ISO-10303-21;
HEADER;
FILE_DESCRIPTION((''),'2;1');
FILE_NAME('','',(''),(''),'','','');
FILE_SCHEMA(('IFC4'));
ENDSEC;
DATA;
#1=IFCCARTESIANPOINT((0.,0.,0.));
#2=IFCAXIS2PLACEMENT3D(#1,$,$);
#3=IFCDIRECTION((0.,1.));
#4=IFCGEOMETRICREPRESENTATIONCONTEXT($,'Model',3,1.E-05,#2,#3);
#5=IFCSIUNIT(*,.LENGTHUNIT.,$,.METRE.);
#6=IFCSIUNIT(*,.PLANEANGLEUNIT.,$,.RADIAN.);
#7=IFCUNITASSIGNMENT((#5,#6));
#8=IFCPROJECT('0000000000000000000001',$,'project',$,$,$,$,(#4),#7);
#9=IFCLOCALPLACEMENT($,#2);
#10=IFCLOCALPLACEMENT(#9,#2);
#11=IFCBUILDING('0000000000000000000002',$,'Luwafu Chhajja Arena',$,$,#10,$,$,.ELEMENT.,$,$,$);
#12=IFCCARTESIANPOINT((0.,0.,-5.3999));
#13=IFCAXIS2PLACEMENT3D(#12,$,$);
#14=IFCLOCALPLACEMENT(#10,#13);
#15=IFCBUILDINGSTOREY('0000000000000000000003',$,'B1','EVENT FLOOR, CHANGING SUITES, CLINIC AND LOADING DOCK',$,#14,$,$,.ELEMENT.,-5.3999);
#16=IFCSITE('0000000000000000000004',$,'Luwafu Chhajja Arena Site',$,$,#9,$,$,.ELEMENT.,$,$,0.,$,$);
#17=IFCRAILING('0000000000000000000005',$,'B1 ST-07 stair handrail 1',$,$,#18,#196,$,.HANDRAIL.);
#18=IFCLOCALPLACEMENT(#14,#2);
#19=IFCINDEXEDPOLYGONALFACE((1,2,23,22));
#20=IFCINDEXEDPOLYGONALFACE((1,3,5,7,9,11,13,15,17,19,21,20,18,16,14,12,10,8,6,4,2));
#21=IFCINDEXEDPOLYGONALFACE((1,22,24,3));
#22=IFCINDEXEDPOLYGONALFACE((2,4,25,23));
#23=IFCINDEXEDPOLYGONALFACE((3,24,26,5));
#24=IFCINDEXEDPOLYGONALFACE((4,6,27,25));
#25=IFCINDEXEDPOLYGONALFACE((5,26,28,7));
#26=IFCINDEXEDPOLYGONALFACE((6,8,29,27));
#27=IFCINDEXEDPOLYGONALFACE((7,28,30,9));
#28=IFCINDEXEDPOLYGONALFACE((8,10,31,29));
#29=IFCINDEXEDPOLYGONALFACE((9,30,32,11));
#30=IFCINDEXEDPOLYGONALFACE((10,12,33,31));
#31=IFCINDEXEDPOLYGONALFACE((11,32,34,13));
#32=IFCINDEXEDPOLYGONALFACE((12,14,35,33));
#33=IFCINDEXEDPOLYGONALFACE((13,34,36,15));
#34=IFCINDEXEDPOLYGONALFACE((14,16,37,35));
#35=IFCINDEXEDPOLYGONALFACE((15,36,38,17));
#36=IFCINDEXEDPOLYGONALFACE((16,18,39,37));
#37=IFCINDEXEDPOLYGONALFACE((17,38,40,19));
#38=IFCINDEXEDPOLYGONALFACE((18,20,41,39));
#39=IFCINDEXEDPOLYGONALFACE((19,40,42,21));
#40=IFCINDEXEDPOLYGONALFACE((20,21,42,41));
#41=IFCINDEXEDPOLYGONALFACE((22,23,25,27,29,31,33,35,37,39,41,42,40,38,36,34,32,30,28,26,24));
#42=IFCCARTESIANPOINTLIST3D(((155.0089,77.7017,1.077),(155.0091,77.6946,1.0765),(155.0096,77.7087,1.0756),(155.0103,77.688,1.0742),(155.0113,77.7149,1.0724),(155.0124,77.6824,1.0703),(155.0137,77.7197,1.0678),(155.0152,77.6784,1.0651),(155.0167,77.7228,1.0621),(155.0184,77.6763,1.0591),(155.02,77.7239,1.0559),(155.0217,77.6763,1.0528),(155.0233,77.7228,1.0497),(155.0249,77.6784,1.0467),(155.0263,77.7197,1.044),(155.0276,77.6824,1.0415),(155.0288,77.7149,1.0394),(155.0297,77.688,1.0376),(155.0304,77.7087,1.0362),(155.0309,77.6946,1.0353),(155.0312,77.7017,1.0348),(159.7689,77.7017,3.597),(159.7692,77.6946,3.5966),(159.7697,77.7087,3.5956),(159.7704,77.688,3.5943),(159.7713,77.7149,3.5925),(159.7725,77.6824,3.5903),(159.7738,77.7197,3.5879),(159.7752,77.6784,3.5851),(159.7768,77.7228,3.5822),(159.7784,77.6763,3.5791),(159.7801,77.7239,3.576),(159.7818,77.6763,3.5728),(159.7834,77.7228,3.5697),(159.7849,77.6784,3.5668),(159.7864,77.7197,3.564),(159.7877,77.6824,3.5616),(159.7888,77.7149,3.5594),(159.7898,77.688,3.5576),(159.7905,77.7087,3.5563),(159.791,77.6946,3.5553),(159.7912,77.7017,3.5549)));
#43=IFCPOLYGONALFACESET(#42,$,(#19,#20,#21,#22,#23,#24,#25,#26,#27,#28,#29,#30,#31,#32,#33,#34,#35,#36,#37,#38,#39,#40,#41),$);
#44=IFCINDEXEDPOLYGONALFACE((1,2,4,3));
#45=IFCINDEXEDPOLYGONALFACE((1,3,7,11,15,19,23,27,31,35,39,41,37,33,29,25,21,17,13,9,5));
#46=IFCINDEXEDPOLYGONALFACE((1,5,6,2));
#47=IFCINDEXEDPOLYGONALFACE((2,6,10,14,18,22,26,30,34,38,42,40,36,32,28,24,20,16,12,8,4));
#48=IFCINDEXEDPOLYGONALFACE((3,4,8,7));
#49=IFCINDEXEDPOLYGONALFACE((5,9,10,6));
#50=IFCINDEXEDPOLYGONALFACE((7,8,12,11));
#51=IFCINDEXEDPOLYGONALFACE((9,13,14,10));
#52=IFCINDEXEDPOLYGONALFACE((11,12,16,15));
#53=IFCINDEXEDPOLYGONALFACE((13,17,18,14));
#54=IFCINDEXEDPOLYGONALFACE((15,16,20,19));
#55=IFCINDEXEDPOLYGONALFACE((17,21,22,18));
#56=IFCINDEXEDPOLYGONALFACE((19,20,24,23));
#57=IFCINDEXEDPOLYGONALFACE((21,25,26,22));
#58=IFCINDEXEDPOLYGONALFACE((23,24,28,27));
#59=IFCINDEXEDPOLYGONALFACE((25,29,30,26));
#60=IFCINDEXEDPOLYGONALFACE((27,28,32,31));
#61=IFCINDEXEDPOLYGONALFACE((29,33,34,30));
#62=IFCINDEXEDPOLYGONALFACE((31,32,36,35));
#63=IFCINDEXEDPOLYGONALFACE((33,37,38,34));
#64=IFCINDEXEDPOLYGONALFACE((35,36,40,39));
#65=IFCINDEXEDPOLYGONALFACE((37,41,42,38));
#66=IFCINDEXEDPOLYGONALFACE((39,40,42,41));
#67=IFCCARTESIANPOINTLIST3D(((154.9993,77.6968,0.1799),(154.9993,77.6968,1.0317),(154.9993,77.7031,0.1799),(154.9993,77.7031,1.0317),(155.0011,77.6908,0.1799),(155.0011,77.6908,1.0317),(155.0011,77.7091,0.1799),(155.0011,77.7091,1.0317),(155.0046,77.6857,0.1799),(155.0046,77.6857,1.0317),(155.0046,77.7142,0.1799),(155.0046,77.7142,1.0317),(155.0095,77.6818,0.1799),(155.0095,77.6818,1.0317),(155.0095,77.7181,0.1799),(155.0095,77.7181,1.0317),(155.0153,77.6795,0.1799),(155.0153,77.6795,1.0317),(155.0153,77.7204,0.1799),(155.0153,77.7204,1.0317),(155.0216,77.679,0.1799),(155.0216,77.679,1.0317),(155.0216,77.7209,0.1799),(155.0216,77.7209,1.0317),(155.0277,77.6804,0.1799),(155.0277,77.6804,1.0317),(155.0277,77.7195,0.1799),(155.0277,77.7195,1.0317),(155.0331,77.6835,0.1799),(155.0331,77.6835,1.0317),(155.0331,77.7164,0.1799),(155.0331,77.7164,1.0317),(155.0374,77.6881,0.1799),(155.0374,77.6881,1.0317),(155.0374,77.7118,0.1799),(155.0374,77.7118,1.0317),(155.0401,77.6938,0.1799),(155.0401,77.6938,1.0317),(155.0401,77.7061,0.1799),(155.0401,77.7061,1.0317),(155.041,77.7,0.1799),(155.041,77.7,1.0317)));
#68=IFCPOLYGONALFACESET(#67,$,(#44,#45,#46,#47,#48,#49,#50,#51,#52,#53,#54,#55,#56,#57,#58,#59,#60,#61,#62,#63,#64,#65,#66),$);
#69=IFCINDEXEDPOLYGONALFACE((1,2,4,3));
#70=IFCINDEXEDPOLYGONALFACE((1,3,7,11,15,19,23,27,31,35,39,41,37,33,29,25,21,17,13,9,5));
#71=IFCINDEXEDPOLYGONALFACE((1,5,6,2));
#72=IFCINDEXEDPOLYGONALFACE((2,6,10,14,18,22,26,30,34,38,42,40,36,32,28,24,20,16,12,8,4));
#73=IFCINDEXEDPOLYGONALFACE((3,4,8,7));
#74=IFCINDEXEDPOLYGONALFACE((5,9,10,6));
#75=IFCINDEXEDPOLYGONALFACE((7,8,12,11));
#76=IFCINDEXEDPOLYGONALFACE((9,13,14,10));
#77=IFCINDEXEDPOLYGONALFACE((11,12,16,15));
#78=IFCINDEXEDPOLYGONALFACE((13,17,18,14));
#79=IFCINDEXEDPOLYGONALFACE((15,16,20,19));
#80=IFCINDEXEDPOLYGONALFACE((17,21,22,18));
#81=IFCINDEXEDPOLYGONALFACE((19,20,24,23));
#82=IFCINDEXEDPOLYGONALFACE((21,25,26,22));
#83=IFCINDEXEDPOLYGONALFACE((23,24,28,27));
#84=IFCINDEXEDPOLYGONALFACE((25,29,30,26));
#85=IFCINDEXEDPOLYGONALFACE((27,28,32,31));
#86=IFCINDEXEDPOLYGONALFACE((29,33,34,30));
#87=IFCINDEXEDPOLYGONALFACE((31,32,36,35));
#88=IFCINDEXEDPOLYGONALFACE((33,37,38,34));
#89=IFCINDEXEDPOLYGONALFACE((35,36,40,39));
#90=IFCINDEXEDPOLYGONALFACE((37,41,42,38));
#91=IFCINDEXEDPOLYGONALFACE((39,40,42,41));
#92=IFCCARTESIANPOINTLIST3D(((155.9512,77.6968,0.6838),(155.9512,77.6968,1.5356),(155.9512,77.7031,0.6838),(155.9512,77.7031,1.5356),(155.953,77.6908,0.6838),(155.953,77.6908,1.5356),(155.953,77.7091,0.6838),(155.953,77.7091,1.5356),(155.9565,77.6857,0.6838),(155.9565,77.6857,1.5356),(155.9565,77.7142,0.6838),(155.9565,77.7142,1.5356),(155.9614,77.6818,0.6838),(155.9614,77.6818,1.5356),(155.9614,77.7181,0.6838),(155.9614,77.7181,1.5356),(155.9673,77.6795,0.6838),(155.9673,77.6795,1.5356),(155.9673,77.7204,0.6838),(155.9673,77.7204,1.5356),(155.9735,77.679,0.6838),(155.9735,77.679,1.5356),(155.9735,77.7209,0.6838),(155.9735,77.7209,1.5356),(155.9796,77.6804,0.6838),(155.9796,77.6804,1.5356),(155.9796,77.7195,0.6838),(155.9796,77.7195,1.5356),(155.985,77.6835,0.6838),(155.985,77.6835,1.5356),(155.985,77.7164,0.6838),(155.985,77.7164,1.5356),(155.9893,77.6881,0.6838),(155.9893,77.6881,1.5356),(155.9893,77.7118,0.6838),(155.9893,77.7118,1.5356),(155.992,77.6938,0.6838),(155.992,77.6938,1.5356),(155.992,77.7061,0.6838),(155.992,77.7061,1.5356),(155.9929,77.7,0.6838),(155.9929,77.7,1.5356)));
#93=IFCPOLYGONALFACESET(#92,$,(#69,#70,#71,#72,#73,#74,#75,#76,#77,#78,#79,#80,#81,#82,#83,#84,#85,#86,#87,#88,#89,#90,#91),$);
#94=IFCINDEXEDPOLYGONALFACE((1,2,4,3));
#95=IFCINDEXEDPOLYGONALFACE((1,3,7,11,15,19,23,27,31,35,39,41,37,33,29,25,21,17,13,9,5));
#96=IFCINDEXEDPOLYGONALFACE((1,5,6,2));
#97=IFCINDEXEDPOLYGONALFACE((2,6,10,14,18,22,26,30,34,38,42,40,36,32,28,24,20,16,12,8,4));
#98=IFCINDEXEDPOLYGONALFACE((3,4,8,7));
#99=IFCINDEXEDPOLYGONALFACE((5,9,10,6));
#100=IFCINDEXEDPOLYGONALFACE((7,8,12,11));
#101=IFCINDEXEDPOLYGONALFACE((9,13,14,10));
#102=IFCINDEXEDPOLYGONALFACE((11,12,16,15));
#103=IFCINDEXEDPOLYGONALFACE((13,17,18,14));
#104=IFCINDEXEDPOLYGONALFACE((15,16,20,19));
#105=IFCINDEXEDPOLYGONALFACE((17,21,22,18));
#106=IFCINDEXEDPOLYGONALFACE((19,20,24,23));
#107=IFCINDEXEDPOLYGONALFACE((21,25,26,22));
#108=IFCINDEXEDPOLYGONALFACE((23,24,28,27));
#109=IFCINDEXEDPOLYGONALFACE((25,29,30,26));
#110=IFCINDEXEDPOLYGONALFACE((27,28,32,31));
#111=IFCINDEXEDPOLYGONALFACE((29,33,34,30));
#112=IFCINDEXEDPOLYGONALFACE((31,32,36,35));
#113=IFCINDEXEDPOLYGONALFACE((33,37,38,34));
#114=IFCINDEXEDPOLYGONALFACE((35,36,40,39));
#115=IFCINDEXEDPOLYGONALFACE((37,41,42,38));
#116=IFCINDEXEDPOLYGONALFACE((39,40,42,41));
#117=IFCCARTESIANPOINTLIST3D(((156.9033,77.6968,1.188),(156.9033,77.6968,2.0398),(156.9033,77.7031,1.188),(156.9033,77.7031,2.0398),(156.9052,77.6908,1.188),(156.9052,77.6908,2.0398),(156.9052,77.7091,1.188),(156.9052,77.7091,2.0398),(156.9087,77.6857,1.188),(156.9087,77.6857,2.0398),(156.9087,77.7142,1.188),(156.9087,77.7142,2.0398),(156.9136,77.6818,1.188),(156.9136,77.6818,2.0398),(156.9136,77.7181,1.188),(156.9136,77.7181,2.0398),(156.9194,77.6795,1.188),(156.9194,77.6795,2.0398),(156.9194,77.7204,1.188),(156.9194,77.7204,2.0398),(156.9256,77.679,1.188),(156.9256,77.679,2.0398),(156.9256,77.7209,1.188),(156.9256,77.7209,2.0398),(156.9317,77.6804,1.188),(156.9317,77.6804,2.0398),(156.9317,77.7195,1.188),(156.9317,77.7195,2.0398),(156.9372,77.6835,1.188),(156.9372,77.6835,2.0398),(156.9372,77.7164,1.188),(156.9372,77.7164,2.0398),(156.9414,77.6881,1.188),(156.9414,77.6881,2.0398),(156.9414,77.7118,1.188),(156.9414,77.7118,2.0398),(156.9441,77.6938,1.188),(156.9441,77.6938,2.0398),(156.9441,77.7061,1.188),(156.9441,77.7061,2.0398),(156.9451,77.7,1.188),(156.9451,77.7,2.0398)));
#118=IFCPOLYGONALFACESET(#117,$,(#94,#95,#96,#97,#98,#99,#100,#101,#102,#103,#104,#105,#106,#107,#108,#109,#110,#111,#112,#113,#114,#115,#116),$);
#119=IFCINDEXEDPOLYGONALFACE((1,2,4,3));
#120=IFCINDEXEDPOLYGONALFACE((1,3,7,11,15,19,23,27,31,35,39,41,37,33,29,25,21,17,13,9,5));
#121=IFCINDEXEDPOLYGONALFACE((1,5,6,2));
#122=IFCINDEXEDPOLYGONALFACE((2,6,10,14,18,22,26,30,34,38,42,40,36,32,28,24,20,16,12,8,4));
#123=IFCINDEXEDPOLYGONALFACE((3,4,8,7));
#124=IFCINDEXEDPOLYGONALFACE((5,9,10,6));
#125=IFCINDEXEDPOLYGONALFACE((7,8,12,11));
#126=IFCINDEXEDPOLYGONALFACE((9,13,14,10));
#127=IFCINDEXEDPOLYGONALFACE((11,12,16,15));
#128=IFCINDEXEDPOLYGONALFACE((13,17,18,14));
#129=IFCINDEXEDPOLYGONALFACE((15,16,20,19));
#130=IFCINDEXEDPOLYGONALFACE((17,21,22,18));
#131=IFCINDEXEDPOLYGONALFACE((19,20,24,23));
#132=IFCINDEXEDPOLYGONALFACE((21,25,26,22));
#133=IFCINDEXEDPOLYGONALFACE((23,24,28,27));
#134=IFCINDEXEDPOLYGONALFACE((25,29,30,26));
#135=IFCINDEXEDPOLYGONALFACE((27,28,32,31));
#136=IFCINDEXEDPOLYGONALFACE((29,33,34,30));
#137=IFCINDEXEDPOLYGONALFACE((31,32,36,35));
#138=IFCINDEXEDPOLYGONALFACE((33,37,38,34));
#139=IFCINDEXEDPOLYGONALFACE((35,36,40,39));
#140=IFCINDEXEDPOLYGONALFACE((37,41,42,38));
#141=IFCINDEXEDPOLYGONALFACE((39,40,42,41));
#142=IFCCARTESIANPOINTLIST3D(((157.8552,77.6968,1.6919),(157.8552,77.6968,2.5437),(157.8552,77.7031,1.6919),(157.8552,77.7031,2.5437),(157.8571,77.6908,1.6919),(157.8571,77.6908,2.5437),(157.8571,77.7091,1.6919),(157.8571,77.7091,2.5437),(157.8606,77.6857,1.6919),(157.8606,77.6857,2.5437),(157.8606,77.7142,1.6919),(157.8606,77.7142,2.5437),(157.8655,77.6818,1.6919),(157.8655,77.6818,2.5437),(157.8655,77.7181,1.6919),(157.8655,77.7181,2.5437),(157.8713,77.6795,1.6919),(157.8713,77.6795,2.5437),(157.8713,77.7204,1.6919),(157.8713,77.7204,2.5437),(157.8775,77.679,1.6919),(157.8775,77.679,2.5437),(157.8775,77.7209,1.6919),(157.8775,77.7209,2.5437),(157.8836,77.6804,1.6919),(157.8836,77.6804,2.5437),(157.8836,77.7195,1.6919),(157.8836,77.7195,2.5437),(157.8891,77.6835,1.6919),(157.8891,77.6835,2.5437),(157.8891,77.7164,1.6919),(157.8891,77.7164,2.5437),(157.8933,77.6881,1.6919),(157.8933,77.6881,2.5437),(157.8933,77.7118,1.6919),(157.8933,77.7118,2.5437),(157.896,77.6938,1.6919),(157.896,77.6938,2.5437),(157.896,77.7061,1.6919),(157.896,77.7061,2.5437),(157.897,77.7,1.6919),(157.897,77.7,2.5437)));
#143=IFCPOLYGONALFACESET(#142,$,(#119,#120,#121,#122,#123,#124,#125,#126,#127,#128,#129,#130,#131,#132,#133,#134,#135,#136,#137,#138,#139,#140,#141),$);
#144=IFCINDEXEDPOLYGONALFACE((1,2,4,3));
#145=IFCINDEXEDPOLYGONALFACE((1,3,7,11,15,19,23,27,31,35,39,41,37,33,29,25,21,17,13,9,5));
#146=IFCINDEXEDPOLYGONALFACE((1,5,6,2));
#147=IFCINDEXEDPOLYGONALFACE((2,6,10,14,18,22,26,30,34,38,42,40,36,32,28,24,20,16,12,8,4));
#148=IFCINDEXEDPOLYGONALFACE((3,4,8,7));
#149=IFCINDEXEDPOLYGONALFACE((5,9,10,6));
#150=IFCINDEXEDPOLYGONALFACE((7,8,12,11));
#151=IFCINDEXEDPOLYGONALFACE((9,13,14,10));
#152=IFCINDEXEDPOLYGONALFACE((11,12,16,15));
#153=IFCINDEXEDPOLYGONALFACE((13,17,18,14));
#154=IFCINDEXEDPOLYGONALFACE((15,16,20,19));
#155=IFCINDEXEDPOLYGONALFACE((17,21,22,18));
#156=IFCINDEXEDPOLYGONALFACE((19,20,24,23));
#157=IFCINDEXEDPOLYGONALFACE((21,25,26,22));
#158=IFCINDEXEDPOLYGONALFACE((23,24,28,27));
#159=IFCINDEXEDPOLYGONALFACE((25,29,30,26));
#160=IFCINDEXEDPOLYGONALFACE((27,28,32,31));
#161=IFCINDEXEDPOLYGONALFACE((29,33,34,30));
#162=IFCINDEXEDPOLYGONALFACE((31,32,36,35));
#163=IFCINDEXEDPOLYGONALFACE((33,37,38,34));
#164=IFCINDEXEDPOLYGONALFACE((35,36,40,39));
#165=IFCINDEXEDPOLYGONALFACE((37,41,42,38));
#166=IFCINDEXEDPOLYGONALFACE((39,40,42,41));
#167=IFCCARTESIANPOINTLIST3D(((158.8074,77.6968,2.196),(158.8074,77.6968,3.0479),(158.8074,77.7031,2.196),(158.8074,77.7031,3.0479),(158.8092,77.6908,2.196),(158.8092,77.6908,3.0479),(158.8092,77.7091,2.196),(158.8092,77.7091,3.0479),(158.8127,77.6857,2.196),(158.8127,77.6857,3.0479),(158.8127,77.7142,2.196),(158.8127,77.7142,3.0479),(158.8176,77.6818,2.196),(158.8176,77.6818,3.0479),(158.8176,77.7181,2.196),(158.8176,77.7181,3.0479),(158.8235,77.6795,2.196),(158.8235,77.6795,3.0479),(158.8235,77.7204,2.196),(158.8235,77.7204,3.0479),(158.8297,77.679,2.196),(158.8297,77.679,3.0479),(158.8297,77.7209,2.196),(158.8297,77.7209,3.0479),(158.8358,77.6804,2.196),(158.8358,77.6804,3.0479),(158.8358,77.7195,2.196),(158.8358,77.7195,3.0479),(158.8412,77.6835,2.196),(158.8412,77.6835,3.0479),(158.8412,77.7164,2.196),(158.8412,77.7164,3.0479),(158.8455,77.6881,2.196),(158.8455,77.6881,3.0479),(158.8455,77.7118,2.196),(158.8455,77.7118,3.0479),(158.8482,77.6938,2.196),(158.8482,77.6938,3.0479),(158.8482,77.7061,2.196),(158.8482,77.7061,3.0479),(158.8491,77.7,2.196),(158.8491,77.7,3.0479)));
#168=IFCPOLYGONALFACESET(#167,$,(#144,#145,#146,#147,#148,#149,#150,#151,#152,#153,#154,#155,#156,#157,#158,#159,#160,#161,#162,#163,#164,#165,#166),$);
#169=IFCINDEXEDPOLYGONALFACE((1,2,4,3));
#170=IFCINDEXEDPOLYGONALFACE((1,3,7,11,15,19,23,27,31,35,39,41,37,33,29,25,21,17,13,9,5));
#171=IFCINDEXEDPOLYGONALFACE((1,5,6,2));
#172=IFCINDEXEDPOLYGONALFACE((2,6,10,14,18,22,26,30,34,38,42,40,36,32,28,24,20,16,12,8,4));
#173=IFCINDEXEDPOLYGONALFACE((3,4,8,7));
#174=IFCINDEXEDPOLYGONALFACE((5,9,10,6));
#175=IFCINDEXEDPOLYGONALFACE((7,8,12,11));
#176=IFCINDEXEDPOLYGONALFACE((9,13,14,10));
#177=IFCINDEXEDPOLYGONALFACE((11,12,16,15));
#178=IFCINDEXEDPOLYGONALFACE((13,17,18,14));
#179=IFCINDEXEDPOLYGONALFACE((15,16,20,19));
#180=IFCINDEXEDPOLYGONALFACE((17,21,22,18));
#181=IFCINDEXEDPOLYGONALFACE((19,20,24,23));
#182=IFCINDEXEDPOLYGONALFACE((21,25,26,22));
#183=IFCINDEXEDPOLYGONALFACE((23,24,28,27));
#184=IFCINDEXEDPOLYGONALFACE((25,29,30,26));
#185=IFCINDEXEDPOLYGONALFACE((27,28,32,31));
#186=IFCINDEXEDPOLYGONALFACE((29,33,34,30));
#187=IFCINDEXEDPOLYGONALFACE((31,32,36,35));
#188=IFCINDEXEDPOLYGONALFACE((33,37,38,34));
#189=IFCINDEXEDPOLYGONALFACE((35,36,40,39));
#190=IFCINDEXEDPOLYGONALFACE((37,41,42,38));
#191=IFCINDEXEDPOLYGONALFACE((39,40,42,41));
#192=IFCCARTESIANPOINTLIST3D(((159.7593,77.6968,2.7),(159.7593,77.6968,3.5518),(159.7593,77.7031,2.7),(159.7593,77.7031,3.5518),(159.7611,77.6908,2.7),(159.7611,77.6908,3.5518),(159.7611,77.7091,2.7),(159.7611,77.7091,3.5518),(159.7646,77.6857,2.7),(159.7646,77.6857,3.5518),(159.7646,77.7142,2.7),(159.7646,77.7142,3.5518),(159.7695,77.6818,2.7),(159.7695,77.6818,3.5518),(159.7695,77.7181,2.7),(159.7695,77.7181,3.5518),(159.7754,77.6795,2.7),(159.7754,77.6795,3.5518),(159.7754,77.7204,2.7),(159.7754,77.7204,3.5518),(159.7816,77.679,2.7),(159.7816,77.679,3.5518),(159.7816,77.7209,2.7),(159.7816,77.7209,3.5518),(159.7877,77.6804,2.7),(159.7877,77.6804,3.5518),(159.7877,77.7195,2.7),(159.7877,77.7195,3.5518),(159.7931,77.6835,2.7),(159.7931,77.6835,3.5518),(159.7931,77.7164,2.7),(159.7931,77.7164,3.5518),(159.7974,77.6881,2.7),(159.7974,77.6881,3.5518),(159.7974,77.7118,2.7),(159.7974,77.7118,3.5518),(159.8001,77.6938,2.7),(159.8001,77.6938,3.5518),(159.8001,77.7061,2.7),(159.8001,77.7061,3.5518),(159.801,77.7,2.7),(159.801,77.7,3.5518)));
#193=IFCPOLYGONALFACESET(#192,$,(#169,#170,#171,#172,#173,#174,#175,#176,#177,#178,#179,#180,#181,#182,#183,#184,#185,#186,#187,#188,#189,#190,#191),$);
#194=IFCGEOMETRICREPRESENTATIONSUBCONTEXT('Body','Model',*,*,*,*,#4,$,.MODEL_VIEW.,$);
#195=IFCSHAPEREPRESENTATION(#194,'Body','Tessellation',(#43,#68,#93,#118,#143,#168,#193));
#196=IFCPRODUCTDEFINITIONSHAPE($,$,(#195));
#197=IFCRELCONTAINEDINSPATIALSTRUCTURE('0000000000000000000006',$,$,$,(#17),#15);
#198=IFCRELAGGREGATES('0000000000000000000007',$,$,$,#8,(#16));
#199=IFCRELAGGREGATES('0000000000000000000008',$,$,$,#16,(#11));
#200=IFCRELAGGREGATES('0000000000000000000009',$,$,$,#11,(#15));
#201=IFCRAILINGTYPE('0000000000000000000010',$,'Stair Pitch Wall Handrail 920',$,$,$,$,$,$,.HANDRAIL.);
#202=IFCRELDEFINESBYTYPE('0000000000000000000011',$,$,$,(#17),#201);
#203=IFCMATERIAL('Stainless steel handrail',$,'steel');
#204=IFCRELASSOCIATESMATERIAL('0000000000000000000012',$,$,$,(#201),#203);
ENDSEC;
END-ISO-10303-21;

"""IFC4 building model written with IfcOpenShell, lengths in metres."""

from ifc_helpers import new_model, si_unit, direction, frame, origin, origin_2d, place, context, subcontext, project, spatial, circle, extrude, material, type_object, element, save


model = new_model("IFC4")

# Units and contexts
model_context = context("Model", 3, precision=1e-05, world=origin(), true_north=direction((0.0, 1.0)))
body_context = subcontext(model_context, "Body", "Model", "MODEL_VIEW")
ifc_project = project(units=[si_unit("LENGTHUNIT", "METRE"), si_unit("PLANEANGLEUNIT", "RADIAN")], contexts=[model_context])

# Site, building, storey
site_placement = place(None, origin())
site = spatial("IfcSite", under=ifc_project, at=site_placement, Name="Luwafu Chhajja Arena Site", CompositionType="ELEMENT", RefElevation=0.0)
building_placement = place(site_placement, origin())
building = spatial("IfcBuilding", under=site, at=building_placement, Name="Luwafu Chhajja Arena", CompositionType="ELEMENT")
storey_placement = place(building_placement, frame((0.0, 0.0, -5.3999)))
storey = spatial("IfcBuildingStorey", under=building, at=storey_placement, Name="B1", Description="EVENT FLOOR, CHANGING SUITES, CLINIC AND LOADING DOCK", CompositionType="ELEMENT", Elevation=-5.3999)

# Railing
ifc_material_1 = material(Name="Stainless steel handrail", Category="steel")
railing_type_1 = type_object("IfcRailingType", Name="Stair Pitch Wall Handrail 920", PredefinedType="HANDRAIL", material=ifc_material_1)
railing_1_placement = place(storey_placement, frame((155.02, 77.7, 0.1799)))
element("IfcRailing", 1, at=railing_1_placement, inside=storey, type_object=railing_type_1, Name="B1 ST-07 stair handrail 1", PredefinedType="HANDRAIL", context=body_context, shape_type="SweptSolid", body=[
    extrude(circle(Radius=0.0239, at=origin_2d()), frame((0.0, 0.0, 0.876), z_axis=(0.883787, 0.0, 0.46789), x_axis=(0.0, 1.0, 0.0)), (0.0, 0.0, 1.0), 5.386),
    extrude(circle(Radius=0.021, at=origin_2d()), origin(), (0.0, 0.0, 1.0), 0.8518),
    extrude(circle(Radius=0.021, at=origin_2d()), frame((0.9519, 0.0, 0.5039)), (0.0, 0.0, 1.0), 0.8518),
    extrude(circle(Radius=0.021, at=origin_2d()), frame((1.9041, 0.0, 1.0081)), (0.0, 0.0, 1.0), 0.8518),
    extrude(circle(Radius=0.021, at=origin_2d()), frame((2.856, 0.0, 1.512)), (0.0, 0.0, 1.0), 0.8518),
    extrude(circle(Radius=0.021, at=origin_2d()), frame((3.8081, 0.0, 2.0161)), (0.0, 0.0, 1.0), 0.8518),
    extrude(circle(Radius=0.021, at=origin_2d()), frame((4.76, 0.0, 2.52)), (0.0, 0.0, 1.0), 0.8518),
])

save(model, "model.ifc")
